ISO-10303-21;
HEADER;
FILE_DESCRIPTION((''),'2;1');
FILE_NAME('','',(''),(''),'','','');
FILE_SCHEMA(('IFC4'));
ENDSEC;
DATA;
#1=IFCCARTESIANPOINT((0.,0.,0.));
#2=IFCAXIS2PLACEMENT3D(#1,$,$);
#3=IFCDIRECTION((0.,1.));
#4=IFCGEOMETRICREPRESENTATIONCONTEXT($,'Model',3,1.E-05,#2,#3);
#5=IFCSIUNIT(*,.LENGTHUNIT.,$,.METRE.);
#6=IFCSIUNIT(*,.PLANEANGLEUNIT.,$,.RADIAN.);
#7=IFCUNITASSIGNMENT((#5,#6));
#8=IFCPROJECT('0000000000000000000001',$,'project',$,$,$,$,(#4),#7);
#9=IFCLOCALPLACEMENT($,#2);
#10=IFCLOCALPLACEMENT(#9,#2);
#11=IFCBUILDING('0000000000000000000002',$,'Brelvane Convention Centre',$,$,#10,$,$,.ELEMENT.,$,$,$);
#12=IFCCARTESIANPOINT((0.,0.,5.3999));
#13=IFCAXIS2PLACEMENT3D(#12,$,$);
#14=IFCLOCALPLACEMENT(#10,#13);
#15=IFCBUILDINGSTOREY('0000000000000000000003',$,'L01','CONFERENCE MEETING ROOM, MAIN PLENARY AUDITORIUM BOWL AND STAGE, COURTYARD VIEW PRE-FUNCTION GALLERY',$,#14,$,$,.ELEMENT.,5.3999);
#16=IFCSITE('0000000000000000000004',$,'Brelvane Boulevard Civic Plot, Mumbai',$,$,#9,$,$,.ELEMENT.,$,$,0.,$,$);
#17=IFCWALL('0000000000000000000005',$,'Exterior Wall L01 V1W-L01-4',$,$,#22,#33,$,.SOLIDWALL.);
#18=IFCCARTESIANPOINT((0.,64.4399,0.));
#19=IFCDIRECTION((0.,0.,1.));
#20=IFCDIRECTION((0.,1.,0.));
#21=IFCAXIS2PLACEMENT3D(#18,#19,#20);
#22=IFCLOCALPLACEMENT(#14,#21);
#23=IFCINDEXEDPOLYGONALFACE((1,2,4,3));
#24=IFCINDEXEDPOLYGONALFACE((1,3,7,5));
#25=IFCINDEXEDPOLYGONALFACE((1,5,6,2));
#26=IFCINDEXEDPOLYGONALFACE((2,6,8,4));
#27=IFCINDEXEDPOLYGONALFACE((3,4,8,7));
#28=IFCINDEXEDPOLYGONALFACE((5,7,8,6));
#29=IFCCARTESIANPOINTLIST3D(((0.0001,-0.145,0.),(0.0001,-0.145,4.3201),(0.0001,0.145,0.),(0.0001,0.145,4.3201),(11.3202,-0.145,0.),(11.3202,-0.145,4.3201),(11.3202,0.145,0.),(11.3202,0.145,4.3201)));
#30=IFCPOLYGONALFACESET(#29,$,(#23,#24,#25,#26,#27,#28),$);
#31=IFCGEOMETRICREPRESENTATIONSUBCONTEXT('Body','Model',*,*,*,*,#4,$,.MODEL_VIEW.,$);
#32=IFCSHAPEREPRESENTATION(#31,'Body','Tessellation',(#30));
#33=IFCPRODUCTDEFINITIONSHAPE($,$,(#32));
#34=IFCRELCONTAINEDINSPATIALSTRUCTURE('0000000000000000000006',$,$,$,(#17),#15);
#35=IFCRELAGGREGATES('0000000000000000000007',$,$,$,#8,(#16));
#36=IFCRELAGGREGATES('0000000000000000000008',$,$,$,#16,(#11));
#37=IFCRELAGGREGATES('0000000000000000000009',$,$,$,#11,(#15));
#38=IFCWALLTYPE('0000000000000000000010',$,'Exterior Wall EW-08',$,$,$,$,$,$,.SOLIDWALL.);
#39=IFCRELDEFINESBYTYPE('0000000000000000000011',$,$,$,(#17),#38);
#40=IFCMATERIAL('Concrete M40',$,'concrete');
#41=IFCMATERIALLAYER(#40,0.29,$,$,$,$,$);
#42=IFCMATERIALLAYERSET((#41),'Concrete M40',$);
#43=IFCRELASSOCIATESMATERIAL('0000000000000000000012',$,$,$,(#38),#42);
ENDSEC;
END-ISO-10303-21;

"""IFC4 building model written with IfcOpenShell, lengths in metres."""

from ifc_helpers import new_model, si_unit, direction, frame, frame_2d, origin, place, context, subcontext, project, spatial, rectangle, extrude, material, layer, layer_set, type_object, element, save


model = new_model("IFC4")

# Units and contexts
model_context = context("Model", 3, precision=1e-05, world=origin(), true_north=direction((0.0, 1.0)))
body_context = subcontext(model_context, "Body", "Model", "MODEL_VIEW")
ifc_project = project(units=[si_unit("LENGTHUNIT", "METRE"), si_unit("PLANEANGLEUNIT", "RADIAN")], contexts=[model_context])

# Site, building, storey
site_placement = place(None, origin())
site = spatial("IfcSite", under=ifc_project, at=site_placement, Name="Brelvane Boulevard Civic Plot, Mumbai", CompositionType="ELEMENT", RefElevation=0.0)
building_placement = place(site_placement, origin())
building = spatial("IfcBuilding", under=site, at=building_placement, Name="Brelvane Convention Centre", CompositionType="ELEMENT")
storey_placement = place(building_placement, frame((0.0, 0.0, 5.3999)))
storey = spatial("IfcBuildingStorey", under=building, at=storey_placement, Name="L01", Description="CONFERENCE MEETING ROOM, MAIN PLENARY AUDITORIUM BOWL AND STAGE, COURTYARD VIEW PRE-FUNCTION GALLERY", CompositionType="ELEMENT", Elevation=5.3999)

# Wall
ifc_material_1 = material(Name="Concrete M40", Category="concrete")
ifc_layer_1 = layer(ifc_material_1, 0.29)
ifc_layer_set_1 = layer_set([ifc_layer_1], Name="Concrete M40")
wall_type = type_object("IfcWallType", Name="Exterior Wall EW-08", PredefinedType="SOLIDWALL", material=ifc_layer_set_1)
wall_placement = place(storey_placement, frame((0.0, 64.4399, 0.0), z_axis=(0.0, 0.0, 1.0), x_axis=(0.0, 1.0, 0.0)))
element("IfcWall", 1, at=wall_placement, inside=storey, type_object=wall_type, Name="Exterior Wall L01 V1W-L01-4", PredefinedType="SOLIDWALL", context=body_context, shape_type="SweptSolid", body=[
    extrude(rectangle(XDim=11.3201, YDim=0.29, at=frame_2d((5.6602, 0.0))), origin(), (0.0, 0.0, 1.0), 4.3201),
])

save(model, "model.ifc")
